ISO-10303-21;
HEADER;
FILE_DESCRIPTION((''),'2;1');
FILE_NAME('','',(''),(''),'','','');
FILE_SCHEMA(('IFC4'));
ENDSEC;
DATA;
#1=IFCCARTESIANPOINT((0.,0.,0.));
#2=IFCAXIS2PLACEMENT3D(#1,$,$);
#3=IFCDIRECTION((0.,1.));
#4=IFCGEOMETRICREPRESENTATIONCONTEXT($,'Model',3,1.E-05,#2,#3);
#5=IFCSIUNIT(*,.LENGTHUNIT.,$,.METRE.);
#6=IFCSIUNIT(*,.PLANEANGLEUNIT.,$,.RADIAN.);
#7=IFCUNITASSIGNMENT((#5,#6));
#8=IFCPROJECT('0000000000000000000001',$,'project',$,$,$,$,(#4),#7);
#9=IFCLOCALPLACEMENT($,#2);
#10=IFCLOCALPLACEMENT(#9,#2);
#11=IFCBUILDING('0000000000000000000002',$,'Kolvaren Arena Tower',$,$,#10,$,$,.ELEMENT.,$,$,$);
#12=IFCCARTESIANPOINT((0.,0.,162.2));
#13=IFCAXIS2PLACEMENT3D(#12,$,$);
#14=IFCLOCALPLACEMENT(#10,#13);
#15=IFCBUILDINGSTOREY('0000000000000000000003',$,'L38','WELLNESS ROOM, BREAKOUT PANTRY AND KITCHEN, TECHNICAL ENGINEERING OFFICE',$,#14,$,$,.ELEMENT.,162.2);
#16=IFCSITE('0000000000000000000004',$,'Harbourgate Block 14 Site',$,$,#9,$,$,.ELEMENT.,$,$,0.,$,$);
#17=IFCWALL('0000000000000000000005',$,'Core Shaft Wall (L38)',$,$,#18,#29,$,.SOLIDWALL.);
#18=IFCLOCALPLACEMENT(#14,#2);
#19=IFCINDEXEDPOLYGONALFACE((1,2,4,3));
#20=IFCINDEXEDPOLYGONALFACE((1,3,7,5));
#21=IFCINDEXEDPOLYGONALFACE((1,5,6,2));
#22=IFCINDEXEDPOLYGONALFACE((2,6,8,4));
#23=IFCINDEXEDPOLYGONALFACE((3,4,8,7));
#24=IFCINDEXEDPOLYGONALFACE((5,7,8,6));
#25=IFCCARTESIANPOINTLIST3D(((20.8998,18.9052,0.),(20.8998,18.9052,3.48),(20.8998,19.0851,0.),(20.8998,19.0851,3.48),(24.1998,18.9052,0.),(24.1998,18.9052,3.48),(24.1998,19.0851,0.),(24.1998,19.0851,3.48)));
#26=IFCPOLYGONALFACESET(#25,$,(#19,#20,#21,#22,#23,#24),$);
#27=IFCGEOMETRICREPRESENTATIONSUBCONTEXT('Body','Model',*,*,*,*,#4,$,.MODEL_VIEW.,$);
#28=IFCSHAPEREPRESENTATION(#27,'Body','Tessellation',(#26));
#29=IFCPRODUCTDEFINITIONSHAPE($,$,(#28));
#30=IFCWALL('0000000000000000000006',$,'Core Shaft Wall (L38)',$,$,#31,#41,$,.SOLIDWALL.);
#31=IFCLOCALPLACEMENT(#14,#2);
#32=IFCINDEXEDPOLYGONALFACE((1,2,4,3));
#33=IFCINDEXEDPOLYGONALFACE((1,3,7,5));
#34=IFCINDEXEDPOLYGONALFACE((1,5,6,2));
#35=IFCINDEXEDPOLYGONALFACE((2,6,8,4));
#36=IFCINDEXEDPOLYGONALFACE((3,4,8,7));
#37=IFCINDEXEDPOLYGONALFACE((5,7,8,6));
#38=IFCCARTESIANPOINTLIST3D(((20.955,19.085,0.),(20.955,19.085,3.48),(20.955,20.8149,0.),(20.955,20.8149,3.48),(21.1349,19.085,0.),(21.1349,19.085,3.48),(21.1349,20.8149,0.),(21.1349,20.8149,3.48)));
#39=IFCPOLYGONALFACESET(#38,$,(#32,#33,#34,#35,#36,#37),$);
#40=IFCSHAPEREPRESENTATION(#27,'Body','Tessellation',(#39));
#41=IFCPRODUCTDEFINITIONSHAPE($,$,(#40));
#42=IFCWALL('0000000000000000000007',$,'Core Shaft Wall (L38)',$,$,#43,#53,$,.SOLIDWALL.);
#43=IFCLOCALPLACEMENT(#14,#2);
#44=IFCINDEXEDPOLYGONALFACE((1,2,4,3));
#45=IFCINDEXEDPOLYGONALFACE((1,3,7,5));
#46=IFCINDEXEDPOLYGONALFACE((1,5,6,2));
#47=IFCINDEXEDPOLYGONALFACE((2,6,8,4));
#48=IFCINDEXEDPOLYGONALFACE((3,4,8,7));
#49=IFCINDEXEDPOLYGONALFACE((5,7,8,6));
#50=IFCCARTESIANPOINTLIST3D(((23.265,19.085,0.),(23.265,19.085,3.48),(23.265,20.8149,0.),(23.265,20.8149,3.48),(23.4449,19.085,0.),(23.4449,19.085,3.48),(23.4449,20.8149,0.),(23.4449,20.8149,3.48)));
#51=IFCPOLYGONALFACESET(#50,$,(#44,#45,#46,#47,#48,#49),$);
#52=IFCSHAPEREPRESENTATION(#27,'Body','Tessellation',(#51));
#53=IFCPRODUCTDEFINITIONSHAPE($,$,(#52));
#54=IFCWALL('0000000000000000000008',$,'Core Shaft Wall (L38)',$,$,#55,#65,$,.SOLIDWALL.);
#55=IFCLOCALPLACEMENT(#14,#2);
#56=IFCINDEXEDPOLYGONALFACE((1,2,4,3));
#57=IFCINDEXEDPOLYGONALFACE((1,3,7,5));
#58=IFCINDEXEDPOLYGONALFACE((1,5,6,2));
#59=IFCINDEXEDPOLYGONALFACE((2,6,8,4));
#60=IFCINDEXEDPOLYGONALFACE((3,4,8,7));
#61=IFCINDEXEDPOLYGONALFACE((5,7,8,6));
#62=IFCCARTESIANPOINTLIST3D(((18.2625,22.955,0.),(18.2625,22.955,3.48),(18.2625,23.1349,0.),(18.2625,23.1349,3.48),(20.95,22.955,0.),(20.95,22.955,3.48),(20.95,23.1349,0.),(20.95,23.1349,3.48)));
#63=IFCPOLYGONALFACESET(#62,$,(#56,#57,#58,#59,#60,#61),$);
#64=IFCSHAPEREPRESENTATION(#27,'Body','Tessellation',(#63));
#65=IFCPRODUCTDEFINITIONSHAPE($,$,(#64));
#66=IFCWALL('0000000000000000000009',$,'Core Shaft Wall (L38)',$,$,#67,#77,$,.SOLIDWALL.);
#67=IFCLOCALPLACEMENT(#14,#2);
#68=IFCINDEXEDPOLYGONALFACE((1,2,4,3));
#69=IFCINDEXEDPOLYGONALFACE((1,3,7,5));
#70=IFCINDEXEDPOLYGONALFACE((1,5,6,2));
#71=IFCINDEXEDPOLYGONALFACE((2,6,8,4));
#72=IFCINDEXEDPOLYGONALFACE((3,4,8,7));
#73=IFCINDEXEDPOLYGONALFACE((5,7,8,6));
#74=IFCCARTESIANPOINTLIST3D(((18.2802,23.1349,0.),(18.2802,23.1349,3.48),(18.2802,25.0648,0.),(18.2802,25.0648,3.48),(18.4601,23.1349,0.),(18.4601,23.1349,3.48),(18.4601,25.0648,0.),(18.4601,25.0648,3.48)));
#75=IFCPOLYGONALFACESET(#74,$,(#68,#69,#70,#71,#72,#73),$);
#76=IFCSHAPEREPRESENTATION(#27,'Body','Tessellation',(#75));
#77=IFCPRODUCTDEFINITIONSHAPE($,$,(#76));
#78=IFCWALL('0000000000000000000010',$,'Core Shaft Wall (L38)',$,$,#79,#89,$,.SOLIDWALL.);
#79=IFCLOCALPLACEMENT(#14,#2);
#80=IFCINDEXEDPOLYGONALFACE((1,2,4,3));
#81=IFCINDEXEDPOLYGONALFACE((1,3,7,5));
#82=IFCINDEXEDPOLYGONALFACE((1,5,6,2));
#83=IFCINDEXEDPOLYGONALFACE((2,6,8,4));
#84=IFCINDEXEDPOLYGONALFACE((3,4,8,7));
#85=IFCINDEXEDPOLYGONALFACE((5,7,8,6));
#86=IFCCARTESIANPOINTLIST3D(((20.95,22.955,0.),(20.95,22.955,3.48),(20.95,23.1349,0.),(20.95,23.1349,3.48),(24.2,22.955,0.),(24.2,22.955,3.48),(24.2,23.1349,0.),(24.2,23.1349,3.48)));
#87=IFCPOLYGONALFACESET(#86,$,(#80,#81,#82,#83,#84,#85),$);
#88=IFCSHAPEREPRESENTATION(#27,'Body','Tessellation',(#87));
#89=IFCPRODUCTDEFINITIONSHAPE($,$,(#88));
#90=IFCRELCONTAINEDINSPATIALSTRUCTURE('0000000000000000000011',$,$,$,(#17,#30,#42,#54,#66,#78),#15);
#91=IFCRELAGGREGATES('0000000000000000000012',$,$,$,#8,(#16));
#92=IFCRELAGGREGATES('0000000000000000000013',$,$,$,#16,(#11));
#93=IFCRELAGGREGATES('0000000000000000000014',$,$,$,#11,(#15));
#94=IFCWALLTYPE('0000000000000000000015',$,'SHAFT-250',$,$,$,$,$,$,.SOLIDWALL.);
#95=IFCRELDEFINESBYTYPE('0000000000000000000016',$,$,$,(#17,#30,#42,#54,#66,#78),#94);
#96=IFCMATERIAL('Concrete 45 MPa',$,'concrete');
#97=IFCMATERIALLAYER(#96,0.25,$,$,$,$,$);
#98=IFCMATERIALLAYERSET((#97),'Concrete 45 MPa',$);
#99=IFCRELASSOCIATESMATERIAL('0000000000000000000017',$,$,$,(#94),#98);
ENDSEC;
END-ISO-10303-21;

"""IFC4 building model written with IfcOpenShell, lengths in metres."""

from ifc_helpers import new_model, si_unit, direction, frame, frame_2d, origin, place, context, subcontext, project, spatial, rectangle, extrude, material, layer, layer_set, type_object, element, save


model = new_model("IFC4")

# Units and contexts
model_context = context("Model", 3, precision=1e-05, world=origin(), true_north=direction((0.0, 1.0)))
body_context = subcontext(model_context, "Body", "Model", "MODEL_VIEW")
ifc_project = project(units=[si_unit("LENGTHUNIT", "METRE"), si_unit("PLANEANGLEUNIT", "RADIAN")], contexts=[model_context])

# Site, building, storey
site_placement = place(None, origin())
site = spatial("IfcSite", under=ifc_project, at=site_placement, Name="Harbourgate Block 14 Site", CompositionType="ELEMENT", RefElevation=0.0)
building_placement = place(site_placement, origin())
building = spatial("IfcBuilding", under=site, at=building_placement, Name="Kolvaren Arena Tower", CompositionType="ELEMENT")
storey_placement = place(building_placement, frame((0.0, 0.0, 162.2)))
storey = spatial("IfcBuildingStorey", under=building, at=storey_placement, Name="L38", Description="WELLNESS ROOM, BREAKOUT PANTRY AND KITCHEN, TECHNICAL ENGINEERING OFFICE", CompositionType="ELEMENT", Elevation=162.2)

# Shared definitions
ifc_material_1 = material(Name="Concrete 45 MPa", Category="concrete")
ifc_layer_1 = layer(ifc_material_1, 0.25)
ifc_layer_set_1 = layer_set([ifc_layer_1], Name="Concrete 45 MPa")
wall_type_1 = type_object("IfcWallType", Name="SHAFT-250", PredefinedType="SOLIDWALL", material=ifc_layer_set_1)

# Walls
wall_1_placement = place(storey_placement, frame((20.8999, 18.9951, 0.0), z_axis=(0.0, 0.0, 1.0), x_axis=(1.0, 0.0, 0.0)))
element("IfcWall", 1, at=wall_1_placement, inside=storey, type_object=wall_type_1, Name="Core Shaft Wall (L38)", PredefinedType="SOLIDWALL", context=body_context, shape_type="SweptSolid", body=[
    extrude(rectangle(XDim=3.3, YDim=0.1799, at=frame_2d((1.6499, 0.0))), origin(), (0.0, 0.0, 1.0), 3.48),
])
for number, where, z_axis, x_axis, name in (
    (2, (21.0449, 19.085, 0.0), (0.0, 0.0, 1.0), (0.0, 1.0, 0.0), "Core Shaft Wall (L38)"),
    (3, (23.355, 19.085, 0.0), (0.0, 0.0, 1.0), (0.0, 1.0, 0.0), "Core Shaft Wall (L38)"),
):
    element("IfcWall", number, at=place(storey_placement, frame(where, z_axis=z_axis, x_axis=x_axis)), inside=storey, type_object=wall_type_1, Name=name, PredefinedType="SOLIDWALL", context=body_context, shape_type="SweptSolid", body=[
        extrude(rectangle(XDim=1.73, YDim=0.1799, at=frame_2d((0.865, 0.0))), origin(), (0.0, 0.0, 1.0), 3.48),
    ])
wall_2_placement = place(storey_placement, frame((18.2625, 23.0449, 0.0), z_axis=(0.0, 0.0, 1.0), x_axis=(1.0, 0.0, 0.0)))
element("IfcWall", 4, at=wall_2_placement, inside=storey, type_object=wall_type_1, Name="Core Shaft Wall (L38)", PredefinedType="SOLIDWALL", context=body_context, shape_type="SweptSolid", body=[
    extrude(rectangle(XDim=2.6875, YDim=0.1799, at=frame_2d((1.3438, 0.0))), origin(), (0.0, 0.0, 1.0), 3.48),
])
wall_3_placement = place(storey_placement, frame((18.3701, 23.135, 0.0), z_axis=(0.0, 0.0, 1.0), x_axis=(0.0, 1.0, 0.0)))
element("IfcWall", 5, at=wall_3_placement, inside=storey, type_object=wall_type_1, Name="Core Shaft Wall (L38)", PredefinedType="SOLIDWALL", context=body_context, shape_type="SweptSolid", body=[
    extrude(rectangle(XDim=1.9299, YDim=0.1799, at=frame_2d((0.9648, 0.0))), origin(), (0.0, 0.0, 1.0), 3.48),
])
wall_4_placement = place(storey_placement, frame((20.95, 23.0449, 0.0), z_axis=(0.0, 0.0, 1.0), x_axis=(1.0, 0.0, 0.0)))
element("IfcWall", 6, at=wall_4_placement, inside=storey, type_object=wall_type_1, Name="Core Shaft Wall (L38)", PredefinedType="SOLIDWALL", context=body_context, shape_type="SweptSolid", body=[
    extrude(rectangle(XDim=3.25, YDim=0.1799, at=frame_2d((1.625, 0.0))), origin(), (0.0, 0.0, 1.0), 3.48),
])

save(model, "model.ifc")
